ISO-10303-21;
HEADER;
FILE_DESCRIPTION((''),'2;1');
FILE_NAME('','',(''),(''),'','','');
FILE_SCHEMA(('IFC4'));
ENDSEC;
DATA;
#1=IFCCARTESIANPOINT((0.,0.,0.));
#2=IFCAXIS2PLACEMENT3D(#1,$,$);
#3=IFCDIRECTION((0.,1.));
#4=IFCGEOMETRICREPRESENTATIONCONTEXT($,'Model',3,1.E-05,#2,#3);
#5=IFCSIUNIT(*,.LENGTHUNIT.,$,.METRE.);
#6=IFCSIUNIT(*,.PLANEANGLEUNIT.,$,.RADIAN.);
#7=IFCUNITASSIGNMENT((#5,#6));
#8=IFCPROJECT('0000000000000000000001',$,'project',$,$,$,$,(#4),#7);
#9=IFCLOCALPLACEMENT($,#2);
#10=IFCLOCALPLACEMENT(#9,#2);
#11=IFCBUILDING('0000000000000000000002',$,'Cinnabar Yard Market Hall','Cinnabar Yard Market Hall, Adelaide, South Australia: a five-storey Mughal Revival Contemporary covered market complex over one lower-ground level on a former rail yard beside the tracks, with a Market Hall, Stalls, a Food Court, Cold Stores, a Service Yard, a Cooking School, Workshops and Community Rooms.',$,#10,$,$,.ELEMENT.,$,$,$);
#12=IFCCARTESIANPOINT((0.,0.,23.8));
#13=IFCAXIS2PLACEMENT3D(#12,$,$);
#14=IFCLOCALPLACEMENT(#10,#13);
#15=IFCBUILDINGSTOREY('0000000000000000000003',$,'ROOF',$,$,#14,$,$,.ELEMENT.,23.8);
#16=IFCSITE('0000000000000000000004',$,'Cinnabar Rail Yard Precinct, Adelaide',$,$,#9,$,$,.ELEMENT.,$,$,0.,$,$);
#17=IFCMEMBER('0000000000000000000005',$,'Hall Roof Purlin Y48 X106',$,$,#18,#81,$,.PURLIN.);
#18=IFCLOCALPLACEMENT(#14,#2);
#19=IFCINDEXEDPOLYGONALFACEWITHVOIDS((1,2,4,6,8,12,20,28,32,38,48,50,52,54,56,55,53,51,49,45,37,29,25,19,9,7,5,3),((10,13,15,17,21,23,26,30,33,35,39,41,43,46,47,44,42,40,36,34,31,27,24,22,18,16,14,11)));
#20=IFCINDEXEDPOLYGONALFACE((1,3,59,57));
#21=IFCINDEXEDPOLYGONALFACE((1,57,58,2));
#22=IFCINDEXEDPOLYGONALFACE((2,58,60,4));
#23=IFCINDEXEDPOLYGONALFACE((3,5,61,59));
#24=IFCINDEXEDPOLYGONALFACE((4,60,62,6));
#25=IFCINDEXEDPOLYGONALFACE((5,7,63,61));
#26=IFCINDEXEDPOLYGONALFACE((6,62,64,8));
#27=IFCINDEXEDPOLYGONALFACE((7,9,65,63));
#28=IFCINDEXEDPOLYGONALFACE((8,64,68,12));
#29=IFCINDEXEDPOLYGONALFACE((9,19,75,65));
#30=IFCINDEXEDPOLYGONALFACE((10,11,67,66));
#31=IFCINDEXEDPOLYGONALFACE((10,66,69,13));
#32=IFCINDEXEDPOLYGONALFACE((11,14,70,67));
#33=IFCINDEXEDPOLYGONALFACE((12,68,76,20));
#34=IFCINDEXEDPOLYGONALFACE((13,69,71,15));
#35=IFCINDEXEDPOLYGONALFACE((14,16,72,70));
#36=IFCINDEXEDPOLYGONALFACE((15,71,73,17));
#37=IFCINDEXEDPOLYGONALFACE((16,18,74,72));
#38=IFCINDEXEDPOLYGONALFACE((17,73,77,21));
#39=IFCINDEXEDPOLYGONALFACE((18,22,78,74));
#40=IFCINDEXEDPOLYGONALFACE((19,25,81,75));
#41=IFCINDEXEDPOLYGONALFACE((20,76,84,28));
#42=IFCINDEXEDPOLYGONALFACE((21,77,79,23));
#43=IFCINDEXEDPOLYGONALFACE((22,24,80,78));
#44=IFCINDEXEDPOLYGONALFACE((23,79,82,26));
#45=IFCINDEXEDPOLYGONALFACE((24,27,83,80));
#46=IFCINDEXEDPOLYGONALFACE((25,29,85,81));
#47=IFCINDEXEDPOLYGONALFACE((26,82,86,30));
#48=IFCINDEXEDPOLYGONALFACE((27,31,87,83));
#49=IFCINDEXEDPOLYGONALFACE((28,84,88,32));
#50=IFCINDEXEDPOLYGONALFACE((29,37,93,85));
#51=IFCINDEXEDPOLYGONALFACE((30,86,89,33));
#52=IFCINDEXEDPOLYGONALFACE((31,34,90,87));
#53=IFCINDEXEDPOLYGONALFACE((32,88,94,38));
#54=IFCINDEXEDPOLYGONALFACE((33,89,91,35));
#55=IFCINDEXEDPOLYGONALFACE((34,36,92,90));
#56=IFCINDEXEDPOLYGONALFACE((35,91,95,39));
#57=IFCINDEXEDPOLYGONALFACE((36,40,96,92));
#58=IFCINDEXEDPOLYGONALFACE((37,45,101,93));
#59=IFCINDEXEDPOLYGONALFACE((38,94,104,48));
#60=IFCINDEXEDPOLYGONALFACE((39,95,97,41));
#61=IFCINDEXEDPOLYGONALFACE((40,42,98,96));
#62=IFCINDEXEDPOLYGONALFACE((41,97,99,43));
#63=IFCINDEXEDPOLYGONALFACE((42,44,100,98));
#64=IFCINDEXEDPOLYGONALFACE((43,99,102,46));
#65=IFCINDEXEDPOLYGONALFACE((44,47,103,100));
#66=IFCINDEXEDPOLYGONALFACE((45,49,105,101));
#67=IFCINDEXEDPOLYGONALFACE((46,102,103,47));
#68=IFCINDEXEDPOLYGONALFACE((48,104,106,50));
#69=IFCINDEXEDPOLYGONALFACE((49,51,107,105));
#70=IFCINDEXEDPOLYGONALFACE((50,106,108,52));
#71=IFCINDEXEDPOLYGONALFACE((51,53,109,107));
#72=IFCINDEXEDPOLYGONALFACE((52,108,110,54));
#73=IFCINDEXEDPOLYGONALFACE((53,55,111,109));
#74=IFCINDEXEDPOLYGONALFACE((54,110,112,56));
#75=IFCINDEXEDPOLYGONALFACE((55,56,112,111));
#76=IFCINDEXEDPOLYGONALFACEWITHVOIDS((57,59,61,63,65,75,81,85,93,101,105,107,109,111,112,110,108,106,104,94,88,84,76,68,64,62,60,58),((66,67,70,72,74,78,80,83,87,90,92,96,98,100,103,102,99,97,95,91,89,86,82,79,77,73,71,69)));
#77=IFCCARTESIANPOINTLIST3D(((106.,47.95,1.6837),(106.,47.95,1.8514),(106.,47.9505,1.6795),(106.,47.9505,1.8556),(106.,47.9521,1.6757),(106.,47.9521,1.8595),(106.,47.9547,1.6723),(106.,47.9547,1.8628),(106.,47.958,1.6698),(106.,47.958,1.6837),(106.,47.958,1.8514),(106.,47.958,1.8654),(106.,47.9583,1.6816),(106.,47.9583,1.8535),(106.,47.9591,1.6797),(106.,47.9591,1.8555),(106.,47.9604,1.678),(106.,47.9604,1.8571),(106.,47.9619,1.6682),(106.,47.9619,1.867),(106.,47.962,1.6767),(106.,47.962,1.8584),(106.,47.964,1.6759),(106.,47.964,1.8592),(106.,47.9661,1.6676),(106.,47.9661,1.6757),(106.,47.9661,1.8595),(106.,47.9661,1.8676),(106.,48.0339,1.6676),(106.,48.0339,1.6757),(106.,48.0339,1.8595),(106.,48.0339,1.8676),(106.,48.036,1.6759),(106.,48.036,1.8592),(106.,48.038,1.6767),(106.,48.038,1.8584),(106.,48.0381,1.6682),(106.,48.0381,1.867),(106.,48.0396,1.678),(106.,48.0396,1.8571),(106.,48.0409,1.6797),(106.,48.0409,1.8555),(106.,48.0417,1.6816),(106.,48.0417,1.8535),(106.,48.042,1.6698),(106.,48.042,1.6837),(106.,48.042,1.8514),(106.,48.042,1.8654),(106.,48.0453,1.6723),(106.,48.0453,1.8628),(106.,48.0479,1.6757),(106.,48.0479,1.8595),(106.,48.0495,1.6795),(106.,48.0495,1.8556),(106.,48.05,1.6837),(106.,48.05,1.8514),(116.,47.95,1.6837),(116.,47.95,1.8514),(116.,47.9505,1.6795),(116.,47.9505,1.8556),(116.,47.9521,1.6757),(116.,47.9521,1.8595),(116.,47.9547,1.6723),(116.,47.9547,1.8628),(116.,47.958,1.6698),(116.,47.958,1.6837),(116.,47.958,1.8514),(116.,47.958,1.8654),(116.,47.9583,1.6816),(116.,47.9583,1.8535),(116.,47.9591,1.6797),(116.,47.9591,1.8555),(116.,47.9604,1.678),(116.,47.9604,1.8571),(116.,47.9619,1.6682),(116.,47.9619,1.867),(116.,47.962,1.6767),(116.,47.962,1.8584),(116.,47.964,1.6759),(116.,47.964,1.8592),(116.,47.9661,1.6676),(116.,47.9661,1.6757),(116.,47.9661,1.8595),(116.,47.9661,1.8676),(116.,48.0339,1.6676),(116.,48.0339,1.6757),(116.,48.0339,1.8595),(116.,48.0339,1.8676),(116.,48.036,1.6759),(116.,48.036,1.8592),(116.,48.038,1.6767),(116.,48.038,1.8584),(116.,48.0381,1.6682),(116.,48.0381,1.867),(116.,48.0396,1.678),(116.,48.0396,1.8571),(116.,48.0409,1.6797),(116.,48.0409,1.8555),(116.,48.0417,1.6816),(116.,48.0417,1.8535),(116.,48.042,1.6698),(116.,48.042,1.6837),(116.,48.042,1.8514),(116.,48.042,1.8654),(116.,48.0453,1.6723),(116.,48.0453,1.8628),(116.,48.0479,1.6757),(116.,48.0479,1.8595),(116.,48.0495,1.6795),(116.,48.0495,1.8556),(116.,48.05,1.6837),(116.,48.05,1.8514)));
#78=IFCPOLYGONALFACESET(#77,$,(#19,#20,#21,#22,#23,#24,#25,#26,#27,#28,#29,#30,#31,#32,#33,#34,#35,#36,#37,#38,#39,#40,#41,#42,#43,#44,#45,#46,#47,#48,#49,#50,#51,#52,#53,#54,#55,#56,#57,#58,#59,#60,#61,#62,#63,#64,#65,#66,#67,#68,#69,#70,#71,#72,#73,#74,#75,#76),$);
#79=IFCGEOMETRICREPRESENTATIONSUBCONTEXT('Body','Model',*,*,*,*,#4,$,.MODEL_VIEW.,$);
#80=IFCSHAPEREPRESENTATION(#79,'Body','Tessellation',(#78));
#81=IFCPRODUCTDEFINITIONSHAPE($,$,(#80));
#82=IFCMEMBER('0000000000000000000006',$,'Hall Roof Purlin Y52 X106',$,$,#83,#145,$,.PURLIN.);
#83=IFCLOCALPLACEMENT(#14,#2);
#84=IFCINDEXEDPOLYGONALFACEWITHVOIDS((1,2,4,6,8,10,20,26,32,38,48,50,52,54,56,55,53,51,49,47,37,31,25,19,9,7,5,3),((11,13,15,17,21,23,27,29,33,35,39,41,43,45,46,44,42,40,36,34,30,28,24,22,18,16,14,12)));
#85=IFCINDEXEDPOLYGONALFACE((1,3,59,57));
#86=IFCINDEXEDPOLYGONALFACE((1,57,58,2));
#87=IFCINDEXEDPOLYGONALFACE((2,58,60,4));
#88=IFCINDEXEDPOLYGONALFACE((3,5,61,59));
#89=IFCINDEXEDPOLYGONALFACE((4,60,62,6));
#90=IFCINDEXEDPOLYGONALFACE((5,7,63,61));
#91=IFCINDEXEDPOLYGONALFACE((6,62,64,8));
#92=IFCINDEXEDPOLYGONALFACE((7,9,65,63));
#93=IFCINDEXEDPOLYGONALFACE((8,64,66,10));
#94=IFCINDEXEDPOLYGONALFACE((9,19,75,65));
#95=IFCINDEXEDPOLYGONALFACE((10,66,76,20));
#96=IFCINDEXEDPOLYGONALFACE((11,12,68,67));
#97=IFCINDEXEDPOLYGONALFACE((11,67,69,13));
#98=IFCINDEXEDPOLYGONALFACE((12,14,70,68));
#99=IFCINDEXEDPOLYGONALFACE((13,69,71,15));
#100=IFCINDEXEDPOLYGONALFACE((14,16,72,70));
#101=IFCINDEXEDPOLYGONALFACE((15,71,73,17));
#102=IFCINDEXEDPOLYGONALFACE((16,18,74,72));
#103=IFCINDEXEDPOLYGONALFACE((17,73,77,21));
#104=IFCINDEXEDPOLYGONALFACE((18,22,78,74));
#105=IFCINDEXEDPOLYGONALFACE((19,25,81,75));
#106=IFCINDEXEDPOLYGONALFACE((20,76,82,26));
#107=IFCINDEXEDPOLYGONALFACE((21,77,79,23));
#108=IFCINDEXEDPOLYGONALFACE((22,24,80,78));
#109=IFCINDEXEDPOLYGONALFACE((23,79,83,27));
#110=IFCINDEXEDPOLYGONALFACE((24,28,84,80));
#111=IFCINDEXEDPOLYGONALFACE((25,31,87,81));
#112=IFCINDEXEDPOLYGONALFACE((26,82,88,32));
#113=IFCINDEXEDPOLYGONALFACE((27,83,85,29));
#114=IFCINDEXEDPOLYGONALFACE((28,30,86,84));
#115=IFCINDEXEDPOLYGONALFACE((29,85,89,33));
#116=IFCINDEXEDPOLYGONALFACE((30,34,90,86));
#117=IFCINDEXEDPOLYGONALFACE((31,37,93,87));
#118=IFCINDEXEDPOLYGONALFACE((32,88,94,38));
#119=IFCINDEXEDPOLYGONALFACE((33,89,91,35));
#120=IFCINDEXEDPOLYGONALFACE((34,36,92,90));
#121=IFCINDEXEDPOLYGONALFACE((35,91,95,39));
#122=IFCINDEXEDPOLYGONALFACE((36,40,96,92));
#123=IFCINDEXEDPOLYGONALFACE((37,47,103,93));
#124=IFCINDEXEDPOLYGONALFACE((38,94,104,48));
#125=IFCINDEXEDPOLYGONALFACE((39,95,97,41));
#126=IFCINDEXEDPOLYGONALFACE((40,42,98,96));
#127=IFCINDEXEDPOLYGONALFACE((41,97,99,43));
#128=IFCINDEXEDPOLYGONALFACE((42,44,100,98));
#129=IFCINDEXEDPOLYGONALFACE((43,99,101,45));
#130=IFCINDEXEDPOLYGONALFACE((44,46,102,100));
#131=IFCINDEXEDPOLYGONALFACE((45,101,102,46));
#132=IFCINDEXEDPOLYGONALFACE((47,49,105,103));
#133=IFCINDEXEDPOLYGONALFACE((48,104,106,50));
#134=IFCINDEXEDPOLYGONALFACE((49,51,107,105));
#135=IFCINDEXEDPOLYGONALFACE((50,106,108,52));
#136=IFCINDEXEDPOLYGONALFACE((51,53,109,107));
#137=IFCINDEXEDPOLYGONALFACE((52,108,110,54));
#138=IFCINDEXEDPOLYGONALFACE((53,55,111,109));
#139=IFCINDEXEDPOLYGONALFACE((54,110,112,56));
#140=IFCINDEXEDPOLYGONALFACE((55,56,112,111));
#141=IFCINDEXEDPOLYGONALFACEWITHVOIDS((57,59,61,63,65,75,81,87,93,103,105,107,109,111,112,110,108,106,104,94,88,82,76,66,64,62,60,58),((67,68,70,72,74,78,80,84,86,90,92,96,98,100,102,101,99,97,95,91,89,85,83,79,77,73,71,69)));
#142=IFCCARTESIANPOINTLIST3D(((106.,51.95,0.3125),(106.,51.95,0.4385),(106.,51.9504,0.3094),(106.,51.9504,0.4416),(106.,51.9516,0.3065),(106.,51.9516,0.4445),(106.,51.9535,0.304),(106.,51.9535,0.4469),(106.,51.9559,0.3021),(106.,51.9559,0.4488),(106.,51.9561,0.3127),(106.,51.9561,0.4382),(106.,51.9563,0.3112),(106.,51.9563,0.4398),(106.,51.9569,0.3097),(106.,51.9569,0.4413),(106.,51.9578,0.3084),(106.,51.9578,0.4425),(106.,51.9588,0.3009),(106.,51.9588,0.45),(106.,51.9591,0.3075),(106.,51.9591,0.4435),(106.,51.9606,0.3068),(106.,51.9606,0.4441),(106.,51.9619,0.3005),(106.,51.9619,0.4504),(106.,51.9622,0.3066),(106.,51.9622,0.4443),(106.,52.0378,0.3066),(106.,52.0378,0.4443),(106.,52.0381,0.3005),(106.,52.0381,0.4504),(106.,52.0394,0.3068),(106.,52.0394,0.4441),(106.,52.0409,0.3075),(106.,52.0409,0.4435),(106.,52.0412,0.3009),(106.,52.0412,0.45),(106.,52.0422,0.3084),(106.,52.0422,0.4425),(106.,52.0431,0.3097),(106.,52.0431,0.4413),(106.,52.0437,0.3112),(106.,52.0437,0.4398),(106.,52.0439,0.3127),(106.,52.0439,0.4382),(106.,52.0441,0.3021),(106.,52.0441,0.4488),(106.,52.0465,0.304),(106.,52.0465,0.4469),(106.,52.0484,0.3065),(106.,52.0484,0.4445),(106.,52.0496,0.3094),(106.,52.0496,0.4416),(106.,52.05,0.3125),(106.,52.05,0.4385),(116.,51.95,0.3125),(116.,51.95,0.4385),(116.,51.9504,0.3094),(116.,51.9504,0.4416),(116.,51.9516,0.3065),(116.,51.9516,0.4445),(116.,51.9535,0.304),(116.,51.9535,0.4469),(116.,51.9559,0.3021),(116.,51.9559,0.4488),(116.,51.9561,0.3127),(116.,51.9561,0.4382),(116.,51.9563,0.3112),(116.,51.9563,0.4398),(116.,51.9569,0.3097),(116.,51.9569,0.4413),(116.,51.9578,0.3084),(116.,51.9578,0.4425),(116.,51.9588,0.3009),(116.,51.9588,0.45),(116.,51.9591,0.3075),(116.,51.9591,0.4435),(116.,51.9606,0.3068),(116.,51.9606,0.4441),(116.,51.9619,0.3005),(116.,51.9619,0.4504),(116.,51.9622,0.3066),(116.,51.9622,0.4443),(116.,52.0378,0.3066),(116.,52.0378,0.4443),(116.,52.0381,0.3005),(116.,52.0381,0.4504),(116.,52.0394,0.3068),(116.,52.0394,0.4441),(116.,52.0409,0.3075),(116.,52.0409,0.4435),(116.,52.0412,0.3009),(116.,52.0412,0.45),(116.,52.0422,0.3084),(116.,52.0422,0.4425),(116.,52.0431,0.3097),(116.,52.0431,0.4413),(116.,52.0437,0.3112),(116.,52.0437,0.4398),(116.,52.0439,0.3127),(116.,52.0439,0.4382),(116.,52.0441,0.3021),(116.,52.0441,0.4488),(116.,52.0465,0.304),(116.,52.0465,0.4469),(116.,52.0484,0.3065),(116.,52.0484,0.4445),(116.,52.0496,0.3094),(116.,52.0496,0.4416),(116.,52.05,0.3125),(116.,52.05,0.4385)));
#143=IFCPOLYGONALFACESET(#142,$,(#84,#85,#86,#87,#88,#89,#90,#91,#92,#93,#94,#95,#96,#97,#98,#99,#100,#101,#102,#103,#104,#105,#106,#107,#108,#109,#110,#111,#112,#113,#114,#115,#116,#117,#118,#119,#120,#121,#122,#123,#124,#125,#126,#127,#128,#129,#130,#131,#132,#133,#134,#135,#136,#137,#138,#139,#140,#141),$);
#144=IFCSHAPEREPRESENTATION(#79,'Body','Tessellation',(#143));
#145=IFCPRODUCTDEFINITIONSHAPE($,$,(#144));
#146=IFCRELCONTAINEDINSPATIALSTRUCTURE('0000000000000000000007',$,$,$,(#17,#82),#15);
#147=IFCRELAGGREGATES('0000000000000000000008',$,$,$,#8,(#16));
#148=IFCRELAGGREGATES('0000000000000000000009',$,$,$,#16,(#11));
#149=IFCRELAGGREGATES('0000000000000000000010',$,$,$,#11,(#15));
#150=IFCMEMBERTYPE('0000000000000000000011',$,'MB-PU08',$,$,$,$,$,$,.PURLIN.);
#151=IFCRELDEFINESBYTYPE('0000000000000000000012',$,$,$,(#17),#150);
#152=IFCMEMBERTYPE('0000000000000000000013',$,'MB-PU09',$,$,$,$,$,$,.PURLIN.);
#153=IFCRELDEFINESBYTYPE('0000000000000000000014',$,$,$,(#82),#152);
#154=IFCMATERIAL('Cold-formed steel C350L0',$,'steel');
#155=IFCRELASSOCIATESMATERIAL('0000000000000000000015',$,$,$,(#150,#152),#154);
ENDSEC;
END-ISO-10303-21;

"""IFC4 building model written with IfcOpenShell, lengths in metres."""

from ifc_helpers import new_model, si_unit, direction, frame, origin, origin_2d_with_axis, place, context, subcontext, project, spatial, hollow_rectangle, extrude, material, material_profile, profile_set, type_object, element, save


model = new_model("IFC4")

# Units and contexts
model_context = context("Model", 3, precision=1e-05, world=origin(), true_north=direction((0.0, 1.0)))
body_context = subcontext(model_context, "Body", "Model", "MODEL_VIEW")
ifc_project = project(units=[si_unit("LENGTHUNIT", "METRE"), si_unit("PLANEANGLEUNIT", "RADIAN")], contexts=[model_context])

# Site, building, storey
site_placement = place(None, origin())
site = spatial("IfcSite", under=ifc_project, at=site_placement, Name="Cinnabar Rail Yard Precinct, Adelaide", CompositionType="ELEMENT", RefElevation=0.0)
building_placement = place(site_placement, origin())
building = spatial("IfcBuilding", under=site, at=building_placement, Name="Cinnabar Yard Market Hall", Description="Cinnabar Yard Market Hall, Adelaide, South Australia: a five-storey Mughal Revival Contemporary covered market complex over one lower-ground level on a former rail yard beside the tracks, with a Market Hall, Stalls, a Food Court, Cold Stores, a Service Yard, a Cooking School, Workshops and Community Rooms.", CompositionType="ELEMENT")
storey_placement = place(building_placement, frame((0.0, 0.0, 23.8)))
storey = spatial("IfcBuildingStorey", under=building, at=storey_placement, Name="ROOF", CompositionType="ELEMENT", Elevation=23.8)

# Members
ifc_material_1 = material(Name="Cold-formed steel C350L0", Category="steel")
ifc_material_profile_1 = material_profile(ifc_material_1, hollow_rectangle(XDim=0.1001, YDim=0.2, WallThickness=0.0081, InnerFilletRadius=0.0081, OuterFilletRadius=0.0161, at=origin_2d_with_axis()), Name="200x100x8.0RHS")
ifc_profile_set_1 = profile_set([ifc_material_profile_1], Name="Cold-formed steel C350L0")
member_type_1 = type_object("IfcMemberType", Name="MB-PU08", PredefinedType="PURLIN", material=ifc_profile_set_1)
member_1_placement = place(storey_placement, frame((106.0, 48.0, 1.7676), z_axis=(1.0, 0.0, 0.0), x_axis=(0.0, 1.0, 0.0)))
element("IfcMember", 1, at=member_1_placement, inside=storey, type_object=member_type_1, Name="Hall Roof Purlin Y48 X106", PredefinedType="PURLIN", context=body_context, shape_type="SweptSolid", body=[
    extrude(hollow_rectangle(XDim=0.1001, YDim=0.2, WallThickness=0.0081, InnerFilletRadius=0.0081, OuterFilletRadius=0.0161, at=origin_2d_with_axis()), origin(), (0.0, 0.0, 1.0), 10.0),
])
ifc_material_profile_2 = material_profile(ifc_material_1, hollow_rectangle(XDim=0.1001, YDim=0.1499, WallThickness=0.0061, InnerFilletRadius=0.0061, OuterFilletRadius=0.012, at=origin_2d_with_axis()), Name="150x100x6.0RHS")
ifc_profile_set_2 = profile_set([ifc_material_profile_2], Name="Cold-formed steel C350L0")
member_type_2 = type_object("IfcMemberType", Name="MB-PU09", PredefinedType="PURLIN", material=ifc_profile_set_2)
member_2_placement = place(storey_placement, frame((106.0, 52.0, 0.3755), z_axis=(1.0, 0.0, 0.0), x_axis=(0.0, 1.0, 0.0)))
element("IfcMember", 2, at=member_2_placement, inside=storey, type_object=member_type_2, Name="Hall Roof Purlin Y52 X106", PredefinedType="PURLIN", context=body_context, shape_type="SweptSolid", body=[
    extrude(hollow_rectangle(XDim=0.1001, YDim=0.1499, WallThickness=0.0061, InnerFilletRadius=0.0061, OuterFilletRadius=0.012, at=origin_2d_with_axis()), origin(), (0.0, 0.0, 1.0), 10.0),
])

save(model, "model.ifc")
